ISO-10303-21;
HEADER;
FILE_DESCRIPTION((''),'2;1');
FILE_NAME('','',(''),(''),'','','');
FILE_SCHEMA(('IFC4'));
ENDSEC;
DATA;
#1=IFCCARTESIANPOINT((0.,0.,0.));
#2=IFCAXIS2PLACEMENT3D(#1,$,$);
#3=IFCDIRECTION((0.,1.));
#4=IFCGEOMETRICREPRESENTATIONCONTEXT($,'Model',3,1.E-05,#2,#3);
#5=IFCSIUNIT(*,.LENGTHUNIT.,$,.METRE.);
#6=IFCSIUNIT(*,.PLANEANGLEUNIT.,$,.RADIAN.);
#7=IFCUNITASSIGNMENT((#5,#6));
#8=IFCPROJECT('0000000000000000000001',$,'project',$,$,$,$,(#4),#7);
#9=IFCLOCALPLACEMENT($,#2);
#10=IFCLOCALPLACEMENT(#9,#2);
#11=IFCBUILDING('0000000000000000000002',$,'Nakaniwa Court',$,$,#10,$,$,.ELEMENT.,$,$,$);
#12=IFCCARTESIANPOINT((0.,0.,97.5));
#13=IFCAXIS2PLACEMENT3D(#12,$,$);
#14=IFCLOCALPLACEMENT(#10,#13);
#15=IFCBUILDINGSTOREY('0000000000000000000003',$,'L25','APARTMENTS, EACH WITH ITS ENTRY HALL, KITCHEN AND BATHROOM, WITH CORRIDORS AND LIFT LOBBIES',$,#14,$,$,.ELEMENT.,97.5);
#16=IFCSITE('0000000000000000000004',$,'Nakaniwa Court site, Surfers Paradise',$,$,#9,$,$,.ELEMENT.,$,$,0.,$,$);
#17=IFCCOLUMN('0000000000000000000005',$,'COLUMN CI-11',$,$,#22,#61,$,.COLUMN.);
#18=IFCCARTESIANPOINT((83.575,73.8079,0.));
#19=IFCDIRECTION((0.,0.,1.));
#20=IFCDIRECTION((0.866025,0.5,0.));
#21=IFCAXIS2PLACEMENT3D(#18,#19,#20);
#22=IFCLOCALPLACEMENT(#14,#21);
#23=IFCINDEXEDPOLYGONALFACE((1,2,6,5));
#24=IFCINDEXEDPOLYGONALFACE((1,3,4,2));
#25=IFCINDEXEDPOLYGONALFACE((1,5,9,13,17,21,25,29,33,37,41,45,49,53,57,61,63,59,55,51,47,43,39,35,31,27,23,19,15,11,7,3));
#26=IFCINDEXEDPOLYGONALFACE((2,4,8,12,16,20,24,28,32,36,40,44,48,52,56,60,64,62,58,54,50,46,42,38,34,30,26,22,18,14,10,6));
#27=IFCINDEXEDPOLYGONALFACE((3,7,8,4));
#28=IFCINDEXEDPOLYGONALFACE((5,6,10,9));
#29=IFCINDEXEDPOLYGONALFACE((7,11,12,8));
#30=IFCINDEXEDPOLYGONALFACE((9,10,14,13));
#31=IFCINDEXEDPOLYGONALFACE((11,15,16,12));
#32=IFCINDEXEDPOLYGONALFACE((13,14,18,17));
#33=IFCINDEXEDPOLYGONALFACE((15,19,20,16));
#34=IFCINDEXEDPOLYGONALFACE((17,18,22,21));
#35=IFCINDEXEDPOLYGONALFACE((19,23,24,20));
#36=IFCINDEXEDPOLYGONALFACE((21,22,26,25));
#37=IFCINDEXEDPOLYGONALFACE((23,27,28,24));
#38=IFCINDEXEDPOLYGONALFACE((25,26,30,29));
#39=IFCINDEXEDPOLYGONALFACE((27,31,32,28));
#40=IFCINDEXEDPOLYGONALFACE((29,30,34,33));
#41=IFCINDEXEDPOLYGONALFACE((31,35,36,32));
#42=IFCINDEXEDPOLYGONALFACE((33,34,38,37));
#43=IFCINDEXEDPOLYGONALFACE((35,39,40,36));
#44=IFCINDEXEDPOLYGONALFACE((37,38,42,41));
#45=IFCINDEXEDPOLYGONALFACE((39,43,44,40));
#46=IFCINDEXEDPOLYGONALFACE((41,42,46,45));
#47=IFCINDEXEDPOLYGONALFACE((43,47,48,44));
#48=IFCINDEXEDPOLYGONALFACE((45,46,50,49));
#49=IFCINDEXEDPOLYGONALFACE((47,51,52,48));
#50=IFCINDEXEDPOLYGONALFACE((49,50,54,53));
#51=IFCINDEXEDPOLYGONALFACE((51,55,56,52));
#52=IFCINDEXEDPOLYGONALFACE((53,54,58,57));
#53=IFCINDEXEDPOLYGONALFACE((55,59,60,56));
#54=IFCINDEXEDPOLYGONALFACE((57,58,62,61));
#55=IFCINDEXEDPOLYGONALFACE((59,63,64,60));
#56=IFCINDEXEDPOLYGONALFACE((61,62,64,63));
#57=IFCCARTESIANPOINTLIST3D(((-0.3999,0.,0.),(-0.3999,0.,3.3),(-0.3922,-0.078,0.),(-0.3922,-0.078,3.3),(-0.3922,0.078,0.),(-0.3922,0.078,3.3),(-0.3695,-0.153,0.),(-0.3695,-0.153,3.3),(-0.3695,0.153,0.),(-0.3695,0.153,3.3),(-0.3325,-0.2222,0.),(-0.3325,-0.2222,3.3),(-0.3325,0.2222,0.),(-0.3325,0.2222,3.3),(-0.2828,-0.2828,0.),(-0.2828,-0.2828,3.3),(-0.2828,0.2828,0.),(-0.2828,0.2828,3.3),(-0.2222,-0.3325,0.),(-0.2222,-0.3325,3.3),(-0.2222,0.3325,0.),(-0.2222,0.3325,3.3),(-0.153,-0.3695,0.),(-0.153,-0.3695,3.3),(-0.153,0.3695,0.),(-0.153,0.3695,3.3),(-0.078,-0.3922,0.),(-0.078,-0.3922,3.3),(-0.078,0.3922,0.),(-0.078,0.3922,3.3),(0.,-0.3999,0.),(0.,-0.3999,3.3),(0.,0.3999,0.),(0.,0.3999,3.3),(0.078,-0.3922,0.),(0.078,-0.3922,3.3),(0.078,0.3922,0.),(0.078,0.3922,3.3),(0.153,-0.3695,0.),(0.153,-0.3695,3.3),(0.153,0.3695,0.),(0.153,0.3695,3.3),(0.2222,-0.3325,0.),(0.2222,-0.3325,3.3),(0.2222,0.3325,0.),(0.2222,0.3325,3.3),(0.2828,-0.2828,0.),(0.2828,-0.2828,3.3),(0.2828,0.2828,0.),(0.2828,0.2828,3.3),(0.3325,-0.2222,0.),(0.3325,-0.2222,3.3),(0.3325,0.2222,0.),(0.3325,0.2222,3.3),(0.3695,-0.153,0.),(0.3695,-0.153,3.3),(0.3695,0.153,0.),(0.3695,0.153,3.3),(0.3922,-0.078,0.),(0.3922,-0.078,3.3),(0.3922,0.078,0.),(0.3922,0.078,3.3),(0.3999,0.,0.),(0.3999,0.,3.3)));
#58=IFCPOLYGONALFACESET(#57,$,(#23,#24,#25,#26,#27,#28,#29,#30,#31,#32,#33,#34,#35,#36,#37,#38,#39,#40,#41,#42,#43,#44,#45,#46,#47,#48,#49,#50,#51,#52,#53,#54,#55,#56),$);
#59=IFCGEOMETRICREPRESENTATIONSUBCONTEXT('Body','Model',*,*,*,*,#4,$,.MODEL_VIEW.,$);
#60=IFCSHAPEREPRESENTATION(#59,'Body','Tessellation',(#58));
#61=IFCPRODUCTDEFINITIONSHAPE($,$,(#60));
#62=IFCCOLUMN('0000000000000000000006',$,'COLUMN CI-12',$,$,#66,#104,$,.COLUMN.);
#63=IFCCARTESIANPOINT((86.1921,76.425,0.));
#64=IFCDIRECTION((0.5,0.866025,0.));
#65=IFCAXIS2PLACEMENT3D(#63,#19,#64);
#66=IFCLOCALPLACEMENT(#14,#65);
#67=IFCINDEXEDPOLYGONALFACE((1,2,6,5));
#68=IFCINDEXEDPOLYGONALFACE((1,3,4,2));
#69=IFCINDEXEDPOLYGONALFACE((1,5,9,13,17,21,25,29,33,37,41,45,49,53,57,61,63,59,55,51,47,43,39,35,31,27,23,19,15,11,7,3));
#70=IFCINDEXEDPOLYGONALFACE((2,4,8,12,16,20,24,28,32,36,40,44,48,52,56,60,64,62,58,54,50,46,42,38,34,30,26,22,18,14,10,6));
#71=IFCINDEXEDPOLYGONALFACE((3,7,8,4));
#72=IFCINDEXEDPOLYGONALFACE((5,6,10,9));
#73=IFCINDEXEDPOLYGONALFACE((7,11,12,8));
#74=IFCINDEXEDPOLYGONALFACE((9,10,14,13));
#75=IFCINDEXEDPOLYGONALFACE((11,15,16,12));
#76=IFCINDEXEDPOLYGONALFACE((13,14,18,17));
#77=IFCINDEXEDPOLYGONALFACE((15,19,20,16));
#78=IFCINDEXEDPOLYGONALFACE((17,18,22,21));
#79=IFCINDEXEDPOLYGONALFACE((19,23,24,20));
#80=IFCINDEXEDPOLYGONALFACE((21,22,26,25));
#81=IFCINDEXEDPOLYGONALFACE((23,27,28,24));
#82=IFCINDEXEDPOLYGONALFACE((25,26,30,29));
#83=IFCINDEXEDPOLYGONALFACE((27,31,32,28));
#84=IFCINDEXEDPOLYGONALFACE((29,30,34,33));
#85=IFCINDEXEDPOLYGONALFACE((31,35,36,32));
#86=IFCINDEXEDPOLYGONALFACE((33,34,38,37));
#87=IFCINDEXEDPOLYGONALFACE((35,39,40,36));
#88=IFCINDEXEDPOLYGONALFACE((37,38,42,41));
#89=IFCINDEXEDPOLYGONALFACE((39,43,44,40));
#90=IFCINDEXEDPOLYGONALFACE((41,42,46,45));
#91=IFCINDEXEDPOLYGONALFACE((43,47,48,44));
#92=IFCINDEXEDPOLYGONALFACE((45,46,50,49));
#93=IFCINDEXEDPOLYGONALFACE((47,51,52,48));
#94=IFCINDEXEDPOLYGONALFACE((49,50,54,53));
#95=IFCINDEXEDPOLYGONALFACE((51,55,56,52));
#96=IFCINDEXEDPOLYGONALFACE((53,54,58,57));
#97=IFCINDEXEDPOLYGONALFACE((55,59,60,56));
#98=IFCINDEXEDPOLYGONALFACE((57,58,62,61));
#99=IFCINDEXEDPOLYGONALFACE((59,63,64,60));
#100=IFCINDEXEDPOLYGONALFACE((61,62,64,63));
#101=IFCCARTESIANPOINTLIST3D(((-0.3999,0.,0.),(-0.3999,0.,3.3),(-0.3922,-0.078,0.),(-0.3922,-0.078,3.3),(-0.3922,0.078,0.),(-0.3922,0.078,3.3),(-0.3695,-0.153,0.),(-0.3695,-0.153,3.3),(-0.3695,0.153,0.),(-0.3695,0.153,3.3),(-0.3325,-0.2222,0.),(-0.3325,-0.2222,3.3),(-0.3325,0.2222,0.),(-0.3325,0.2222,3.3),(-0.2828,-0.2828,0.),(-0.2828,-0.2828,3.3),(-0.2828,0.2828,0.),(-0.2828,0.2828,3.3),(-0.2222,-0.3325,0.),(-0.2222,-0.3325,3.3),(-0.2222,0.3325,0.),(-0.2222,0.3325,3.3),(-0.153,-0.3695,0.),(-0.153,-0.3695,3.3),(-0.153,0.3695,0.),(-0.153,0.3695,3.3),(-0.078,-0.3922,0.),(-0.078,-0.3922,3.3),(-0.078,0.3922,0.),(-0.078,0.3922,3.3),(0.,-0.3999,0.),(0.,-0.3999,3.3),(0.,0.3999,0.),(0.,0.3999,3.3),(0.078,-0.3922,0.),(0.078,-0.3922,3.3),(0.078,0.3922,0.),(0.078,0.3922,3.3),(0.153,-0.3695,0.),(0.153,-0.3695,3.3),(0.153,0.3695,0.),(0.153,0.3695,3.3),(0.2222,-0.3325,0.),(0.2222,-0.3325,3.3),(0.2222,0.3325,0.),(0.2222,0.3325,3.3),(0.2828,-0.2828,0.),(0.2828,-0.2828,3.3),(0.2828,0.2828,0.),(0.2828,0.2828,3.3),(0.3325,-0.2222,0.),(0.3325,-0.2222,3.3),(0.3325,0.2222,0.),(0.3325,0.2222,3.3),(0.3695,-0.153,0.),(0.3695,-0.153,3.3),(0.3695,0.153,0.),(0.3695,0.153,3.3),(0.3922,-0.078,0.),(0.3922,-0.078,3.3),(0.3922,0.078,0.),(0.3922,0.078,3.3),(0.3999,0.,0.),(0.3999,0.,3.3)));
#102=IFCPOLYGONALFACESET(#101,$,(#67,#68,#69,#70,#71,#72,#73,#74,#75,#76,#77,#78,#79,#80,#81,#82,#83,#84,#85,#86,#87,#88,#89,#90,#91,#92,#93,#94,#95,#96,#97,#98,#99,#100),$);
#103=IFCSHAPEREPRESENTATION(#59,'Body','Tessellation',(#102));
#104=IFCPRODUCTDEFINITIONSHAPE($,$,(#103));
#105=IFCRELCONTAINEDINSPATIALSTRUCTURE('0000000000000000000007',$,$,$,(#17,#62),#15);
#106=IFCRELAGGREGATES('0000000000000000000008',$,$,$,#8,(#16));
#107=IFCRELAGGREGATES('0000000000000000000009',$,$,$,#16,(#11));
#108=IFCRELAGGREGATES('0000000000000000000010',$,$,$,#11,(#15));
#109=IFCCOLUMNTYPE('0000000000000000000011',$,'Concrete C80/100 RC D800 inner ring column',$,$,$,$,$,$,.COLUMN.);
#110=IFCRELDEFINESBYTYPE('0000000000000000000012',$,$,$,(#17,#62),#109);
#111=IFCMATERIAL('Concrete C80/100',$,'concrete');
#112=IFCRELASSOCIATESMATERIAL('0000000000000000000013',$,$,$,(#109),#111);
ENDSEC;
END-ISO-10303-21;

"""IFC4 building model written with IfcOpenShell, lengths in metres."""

from ifc_helpers import new_model, si_unit, direction, frame, origin, origin_2d, place, context, subcontext, project, spatial, circle, extrude, material, material_profile, profile_set, type_object, element, save


model = new_model("IFC4")

# Units and contexts
model_context = context("Model", 3, precision=1e-05, world=origin(), true_north=direction((0.0, 1.0)))
body_context = subcontext(model_context, "Body", "Model", "MODEL_VIEW")
ifc_project = project(units=[si_unit("LENGTHUNIT", "METRE"), si_unit("PLANEANGLEUNIT", "RADIAN")], contexts=[model_context])

# Site, building, storey
site_placement = place(None, origin())
site = spatial("IfcSite", under=ifc_project, at=site_placement, Name="Nakaniwa Court site, Surfers Paradise", CompositionType="ELEMENT", RefElevation=0.0)
building_placement = place(site_placement, origin())
building = spatial("IfcBuilding", under=site, at=building_placement, Name="Nakaniwa Court", CompositionType="ELEMENT")
storey_placement = place(building_placement, frame((0.0, 0.0, 97.5)))
storey = spatial("IfcBuildingStorey", under=building, at=storey_placement, Name="L25", Description="APARTMENTS, EACH WITH ITS ENTRY HALL, KITCHEN AND BATHROOM, WITH CORRIDORS AND LIFT LOBBIES", CompositionType="ELEMENT", Elevation=97.5)

# Columns
ifc_material_1 = material(Name="Concrete C80/100", Category="concrete")
ifc_material_profile_1 = material_profile(ifc_material_1, circle(Radius=0.3999, at=origin_2d()), Name="Concrete C80/100 RC D800 inner ring column")
ifc_profile_set_1 = profile_set([ifc_material_profile_1], Name="Concrete C80/100")
column_type = type_object("IfcColumnType", Name="Concrete C80/100 RC D800 inner ring column", PredefinedType="COLUMN", material=ifc_profile_set_1)
for number, where, z_axis, x_axis, name in (
    (1, (83.575, 73.8079, 0.0), (0.0, 0.0, 1.0), (0.866025, 0.5, 0.0), "COLUMN CI-11"),
    (2, (86.1921, 76.425, 0.0), (0.0, 0.0, 1.0), (0.5, 0.866025, 0.0), "COLUMN CI-12"),
):
    element("IfcColumn", number, at=place(storey_placement, frame(where, z_axis=z_axis, x_axis=x_axis)), inside=storey, type_object=column_type, Name=name, PredefinedType="COLUMN", context=body_context, shape_type="SweptSolid", body=[
        extrude(circle(Radius=0.3999, at=origin_2d()), origin(), (0.0, 0.0, 1.0), 3.3),
    ])

save(model, "model.ifc")
